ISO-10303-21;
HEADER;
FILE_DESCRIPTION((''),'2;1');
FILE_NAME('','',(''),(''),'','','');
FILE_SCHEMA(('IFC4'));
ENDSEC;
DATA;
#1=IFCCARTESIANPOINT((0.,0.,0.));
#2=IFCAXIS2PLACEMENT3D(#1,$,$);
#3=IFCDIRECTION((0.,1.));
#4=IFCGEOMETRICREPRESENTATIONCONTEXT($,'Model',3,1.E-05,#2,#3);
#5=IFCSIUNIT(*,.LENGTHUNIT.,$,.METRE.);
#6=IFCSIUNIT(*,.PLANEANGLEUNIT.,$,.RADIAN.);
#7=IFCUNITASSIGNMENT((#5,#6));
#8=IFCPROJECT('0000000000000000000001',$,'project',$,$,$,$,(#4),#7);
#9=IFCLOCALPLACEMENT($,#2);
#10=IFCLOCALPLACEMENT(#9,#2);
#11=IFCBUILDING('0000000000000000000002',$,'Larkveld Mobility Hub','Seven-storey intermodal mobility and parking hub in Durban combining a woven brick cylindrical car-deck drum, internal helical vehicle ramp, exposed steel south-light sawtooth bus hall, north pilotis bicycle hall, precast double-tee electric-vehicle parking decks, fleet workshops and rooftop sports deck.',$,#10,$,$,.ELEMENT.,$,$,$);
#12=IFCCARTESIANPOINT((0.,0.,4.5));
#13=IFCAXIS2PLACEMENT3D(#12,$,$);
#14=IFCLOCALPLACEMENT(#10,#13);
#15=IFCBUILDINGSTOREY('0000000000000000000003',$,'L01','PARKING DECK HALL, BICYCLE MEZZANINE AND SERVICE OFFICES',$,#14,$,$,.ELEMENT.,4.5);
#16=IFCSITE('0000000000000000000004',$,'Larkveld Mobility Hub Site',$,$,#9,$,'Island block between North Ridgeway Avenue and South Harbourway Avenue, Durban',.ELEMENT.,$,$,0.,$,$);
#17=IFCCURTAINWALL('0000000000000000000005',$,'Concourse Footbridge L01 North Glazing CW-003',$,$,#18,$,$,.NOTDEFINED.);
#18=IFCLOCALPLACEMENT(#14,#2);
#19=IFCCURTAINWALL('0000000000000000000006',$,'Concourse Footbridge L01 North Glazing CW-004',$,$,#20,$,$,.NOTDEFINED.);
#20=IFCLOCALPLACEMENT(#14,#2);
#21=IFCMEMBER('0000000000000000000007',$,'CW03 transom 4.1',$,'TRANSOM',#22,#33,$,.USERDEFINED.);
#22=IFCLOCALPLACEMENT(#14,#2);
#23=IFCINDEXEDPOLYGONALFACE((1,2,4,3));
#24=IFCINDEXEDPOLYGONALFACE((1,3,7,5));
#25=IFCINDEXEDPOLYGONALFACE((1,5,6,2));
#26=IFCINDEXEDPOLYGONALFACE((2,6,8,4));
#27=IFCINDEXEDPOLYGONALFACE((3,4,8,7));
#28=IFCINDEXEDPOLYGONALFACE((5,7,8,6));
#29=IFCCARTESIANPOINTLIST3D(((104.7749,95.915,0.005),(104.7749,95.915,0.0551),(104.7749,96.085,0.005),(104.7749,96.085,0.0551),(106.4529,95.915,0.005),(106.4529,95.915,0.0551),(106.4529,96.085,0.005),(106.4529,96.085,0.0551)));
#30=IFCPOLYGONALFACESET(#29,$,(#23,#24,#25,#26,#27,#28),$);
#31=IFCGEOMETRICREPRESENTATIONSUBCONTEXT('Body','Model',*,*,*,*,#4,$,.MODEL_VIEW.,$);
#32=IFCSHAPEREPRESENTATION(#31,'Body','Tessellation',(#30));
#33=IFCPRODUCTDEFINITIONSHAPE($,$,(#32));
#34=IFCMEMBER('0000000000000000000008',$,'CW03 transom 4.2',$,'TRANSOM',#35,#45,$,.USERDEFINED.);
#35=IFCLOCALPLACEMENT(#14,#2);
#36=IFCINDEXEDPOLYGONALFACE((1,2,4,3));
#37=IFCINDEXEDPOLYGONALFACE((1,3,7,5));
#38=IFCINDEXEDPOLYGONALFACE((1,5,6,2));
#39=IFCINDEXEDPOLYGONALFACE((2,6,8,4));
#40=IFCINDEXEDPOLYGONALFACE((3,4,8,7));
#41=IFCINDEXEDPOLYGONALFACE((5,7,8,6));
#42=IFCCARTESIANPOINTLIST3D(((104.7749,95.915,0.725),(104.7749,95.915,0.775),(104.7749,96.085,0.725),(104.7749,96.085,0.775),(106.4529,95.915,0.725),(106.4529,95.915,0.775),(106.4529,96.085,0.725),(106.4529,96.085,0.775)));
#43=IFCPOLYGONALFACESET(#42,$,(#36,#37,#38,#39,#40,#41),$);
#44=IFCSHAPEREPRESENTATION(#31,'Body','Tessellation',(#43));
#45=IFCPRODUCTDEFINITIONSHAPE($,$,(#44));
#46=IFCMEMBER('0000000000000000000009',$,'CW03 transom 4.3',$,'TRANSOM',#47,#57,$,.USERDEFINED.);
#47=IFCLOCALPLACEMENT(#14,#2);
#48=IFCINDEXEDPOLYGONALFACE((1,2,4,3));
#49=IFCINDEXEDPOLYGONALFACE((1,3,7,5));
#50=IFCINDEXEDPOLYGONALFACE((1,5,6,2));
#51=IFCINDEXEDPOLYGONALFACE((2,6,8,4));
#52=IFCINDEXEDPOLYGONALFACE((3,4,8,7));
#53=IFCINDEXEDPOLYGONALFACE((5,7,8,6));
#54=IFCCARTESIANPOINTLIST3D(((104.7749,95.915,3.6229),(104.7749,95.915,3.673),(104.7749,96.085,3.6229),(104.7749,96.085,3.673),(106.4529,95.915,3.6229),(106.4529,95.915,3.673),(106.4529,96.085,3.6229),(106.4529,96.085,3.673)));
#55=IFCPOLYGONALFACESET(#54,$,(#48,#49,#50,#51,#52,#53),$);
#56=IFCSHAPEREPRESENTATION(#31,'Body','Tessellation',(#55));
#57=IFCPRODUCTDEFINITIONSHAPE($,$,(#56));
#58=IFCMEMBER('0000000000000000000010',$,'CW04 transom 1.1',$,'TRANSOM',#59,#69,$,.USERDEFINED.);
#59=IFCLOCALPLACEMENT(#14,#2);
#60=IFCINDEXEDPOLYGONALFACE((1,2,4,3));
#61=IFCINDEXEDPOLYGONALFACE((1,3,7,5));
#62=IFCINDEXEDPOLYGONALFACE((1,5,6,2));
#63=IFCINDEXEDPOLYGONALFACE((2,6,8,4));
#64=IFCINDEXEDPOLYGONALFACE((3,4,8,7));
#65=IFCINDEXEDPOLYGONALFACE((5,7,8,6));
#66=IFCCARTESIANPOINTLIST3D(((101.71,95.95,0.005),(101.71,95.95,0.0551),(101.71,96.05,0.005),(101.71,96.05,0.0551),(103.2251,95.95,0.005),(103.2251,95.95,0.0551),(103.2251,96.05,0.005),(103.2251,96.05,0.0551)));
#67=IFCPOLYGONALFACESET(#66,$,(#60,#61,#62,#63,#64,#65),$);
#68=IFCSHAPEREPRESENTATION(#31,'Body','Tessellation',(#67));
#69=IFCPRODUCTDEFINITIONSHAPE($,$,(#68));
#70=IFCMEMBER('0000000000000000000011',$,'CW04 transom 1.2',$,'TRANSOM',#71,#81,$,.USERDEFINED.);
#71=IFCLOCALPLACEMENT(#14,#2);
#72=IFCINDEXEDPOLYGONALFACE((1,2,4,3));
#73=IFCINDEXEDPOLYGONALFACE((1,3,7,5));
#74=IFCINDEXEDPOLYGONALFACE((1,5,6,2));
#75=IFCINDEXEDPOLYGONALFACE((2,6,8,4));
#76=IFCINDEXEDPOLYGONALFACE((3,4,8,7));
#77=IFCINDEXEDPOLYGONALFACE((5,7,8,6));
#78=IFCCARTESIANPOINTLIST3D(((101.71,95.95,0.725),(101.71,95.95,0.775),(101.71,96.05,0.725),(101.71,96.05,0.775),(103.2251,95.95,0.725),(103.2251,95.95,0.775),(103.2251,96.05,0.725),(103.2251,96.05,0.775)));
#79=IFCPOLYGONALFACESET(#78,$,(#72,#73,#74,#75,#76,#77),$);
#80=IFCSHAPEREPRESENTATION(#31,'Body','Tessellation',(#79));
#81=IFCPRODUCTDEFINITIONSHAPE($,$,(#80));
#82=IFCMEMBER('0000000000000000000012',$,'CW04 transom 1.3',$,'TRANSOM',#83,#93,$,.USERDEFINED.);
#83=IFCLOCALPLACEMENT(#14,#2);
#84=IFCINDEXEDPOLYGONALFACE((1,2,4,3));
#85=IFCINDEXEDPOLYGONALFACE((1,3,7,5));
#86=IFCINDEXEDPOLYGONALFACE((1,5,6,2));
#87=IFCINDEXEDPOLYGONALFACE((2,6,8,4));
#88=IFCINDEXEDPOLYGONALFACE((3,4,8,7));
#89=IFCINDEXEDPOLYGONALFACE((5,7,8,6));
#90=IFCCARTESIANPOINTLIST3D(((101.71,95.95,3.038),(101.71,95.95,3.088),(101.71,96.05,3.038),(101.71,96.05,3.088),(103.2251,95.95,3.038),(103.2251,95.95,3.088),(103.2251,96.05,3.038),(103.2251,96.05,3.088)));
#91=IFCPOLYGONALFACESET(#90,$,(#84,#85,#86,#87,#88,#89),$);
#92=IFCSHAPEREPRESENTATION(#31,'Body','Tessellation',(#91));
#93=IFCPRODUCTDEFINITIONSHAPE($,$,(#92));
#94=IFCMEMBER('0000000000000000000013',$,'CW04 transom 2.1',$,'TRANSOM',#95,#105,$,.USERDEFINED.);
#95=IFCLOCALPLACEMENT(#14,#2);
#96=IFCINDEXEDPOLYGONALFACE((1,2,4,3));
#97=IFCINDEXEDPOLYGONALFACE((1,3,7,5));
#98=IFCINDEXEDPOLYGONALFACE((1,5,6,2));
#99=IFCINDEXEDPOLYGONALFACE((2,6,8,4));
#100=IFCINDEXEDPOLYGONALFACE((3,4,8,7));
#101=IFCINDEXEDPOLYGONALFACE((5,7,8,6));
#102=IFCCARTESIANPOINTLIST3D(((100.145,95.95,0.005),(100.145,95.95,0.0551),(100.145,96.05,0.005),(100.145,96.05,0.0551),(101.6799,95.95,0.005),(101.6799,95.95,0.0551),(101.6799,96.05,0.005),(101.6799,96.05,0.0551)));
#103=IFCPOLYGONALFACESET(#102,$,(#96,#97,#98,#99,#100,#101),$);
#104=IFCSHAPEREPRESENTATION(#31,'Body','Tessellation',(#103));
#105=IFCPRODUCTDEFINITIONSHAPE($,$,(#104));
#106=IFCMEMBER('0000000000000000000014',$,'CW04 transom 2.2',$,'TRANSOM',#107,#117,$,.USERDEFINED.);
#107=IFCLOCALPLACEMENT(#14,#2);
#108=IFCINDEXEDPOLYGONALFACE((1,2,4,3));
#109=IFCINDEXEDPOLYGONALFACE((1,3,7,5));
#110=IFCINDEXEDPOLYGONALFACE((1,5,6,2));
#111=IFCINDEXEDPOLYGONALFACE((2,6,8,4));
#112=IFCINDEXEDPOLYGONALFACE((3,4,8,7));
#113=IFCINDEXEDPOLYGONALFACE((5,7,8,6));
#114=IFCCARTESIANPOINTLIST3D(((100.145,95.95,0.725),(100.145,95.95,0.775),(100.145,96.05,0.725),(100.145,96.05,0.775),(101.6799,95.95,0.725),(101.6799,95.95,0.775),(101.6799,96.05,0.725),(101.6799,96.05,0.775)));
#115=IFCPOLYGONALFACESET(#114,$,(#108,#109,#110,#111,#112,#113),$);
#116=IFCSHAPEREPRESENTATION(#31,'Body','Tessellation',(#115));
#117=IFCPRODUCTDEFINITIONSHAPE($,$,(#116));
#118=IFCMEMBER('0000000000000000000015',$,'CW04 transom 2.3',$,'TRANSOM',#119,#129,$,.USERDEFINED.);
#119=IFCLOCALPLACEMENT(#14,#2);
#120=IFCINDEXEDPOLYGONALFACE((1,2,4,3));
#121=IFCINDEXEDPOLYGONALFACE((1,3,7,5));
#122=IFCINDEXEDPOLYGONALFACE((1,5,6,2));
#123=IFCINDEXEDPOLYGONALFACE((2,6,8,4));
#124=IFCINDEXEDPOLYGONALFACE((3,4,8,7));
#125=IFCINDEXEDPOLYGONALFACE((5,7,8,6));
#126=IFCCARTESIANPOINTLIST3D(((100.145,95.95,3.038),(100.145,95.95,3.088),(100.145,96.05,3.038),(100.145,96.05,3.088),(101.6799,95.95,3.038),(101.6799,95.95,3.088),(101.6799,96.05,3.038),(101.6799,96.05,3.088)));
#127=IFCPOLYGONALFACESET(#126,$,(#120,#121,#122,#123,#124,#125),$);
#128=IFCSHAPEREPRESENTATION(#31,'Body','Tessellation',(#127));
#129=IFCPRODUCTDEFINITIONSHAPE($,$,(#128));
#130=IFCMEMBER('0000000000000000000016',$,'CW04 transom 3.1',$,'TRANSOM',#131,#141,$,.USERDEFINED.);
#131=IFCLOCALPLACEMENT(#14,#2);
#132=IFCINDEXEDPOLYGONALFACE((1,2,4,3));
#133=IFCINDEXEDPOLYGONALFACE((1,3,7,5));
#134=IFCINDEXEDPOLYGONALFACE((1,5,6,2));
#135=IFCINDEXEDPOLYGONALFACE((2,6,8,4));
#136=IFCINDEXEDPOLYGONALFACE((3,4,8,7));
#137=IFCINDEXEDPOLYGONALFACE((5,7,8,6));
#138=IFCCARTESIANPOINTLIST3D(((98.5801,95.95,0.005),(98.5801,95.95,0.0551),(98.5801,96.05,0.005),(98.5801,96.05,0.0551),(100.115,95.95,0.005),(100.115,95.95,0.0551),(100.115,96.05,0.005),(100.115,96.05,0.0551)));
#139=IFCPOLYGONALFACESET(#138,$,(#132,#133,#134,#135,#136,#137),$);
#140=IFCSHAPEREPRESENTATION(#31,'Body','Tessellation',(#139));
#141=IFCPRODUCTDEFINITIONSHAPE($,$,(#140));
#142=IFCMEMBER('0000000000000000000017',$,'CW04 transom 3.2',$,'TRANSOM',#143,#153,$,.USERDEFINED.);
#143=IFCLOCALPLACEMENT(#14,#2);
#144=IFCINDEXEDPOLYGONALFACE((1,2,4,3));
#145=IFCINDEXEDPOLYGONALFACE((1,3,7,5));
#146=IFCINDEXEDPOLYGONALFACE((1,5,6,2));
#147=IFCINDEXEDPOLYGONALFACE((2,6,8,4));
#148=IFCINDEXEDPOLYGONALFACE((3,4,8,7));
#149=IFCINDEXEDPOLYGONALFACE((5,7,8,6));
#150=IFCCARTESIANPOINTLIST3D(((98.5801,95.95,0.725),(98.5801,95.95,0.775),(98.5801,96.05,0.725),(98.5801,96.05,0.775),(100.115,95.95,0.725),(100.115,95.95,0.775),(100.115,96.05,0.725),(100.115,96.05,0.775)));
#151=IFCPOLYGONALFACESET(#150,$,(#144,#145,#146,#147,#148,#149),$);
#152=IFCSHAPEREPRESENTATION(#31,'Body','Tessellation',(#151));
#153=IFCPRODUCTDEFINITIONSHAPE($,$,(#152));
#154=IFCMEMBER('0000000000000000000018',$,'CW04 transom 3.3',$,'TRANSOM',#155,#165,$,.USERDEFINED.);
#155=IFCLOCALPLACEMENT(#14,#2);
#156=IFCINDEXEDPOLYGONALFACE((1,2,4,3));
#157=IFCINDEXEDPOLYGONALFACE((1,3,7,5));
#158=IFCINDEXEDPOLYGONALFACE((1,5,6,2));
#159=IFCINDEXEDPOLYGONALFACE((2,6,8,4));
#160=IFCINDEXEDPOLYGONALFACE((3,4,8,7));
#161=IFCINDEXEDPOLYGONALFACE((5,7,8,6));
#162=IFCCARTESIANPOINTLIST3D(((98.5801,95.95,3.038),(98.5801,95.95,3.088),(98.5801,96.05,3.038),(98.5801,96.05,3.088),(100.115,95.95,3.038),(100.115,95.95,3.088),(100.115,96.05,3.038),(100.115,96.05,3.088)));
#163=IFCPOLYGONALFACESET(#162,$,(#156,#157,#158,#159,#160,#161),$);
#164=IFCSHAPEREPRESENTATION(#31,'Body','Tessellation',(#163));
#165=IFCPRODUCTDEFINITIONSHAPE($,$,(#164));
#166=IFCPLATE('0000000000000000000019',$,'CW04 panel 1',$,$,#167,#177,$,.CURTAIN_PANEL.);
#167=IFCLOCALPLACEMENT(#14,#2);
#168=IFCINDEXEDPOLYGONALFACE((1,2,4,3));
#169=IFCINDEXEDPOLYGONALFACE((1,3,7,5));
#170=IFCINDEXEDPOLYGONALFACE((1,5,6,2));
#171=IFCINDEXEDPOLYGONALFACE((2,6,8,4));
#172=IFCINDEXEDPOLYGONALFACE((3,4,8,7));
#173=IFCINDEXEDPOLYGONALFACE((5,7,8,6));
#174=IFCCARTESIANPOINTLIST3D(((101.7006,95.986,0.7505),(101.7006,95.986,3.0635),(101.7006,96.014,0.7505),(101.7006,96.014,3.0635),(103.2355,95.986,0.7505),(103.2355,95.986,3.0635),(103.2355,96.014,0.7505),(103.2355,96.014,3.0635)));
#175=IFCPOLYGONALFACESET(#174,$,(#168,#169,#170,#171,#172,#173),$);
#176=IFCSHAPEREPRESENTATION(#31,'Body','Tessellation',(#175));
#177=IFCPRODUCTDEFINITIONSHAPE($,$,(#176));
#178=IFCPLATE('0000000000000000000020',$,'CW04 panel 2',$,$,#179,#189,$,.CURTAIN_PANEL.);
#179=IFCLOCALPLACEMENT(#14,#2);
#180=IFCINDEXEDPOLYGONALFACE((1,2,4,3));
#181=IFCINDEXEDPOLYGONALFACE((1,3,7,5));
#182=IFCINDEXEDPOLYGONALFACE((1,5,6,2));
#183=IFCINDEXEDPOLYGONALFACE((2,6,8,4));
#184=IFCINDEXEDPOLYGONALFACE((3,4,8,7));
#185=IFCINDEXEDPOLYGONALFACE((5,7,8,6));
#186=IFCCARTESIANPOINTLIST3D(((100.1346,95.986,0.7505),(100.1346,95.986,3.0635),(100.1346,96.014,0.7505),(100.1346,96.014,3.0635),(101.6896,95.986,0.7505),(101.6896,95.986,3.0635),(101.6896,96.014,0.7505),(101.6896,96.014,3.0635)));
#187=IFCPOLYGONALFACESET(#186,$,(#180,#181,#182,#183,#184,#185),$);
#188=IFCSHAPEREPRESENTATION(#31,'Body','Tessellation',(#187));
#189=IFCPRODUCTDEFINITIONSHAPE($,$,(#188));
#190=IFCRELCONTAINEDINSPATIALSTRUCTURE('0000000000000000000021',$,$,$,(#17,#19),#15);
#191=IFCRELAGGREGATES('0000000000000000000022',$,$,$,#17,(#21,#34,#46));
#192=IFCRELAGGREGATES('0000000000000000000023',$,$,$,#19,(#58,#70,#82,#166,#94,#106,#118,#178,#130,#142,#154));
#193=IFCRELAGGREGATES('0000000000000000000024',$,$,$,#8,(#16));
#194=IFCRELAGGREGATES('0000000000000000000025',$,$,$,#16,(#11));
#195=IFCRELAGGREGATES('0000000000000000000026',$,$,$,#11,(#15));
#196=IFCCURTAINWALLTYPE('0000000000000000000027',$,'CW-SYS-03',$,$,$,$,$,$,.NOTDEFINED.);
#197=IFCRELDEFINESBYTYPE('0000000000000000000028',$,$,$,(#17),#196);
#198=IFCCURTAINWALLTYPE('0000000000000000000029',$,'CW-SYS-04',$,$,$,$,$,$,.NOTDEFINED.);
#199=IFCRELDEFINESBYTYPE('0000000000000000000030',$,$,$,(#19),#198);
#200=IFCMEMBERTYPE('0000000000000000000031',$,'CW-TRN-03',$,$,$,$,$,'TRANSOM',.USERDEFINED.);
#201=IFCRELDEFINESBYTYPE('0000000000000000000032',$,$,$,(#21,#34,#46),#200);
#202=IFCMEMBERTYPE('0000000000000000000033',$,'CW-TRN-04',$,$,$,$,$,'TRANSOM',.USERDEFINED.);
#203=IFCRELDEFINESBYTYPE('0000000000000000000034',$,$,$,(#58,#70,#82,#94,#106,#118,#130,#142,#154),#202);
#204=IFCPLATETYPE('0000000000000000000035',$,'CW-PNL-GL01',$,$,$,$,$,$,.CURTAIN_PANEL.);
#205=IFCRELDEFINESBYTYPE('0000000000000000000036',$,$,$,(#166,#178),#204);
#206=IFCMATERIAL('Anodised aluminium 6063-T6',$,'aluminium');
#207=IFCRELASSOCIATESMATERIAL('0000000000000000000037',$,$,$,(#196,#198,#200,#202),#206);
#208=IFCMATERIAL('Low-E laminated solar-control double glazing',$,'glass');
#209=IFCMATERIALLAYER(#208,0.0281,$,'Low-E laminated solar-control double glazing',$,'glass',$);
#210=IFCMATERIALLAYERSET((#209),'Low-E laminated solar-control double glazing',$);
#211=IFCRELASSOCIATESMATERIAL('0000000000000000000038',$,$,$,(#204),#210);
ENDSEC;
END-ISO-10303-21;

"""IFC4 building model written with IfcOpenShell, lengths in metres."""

from ifc_helpers import new_model, si_unit, direction, frame, origin, origin_2d, place, context, subcontext, project, spatial, rectangle, extrude, material, layer, layer_set, material_profile, profile_set, type_object, element, aggregate, save


model = new_model("IFC4")

# Units and contexts
model_context = context("Model", 3, precision=1e-05, world=origin(), true_north=direction((0.0, 1.0)))
body_context = subcontext(model_context, "Body", "Model", "MODEL_VIEW")
ifc_project = project(units=[si_unit("LENGTHUNIT", "METRE"), si_unit("PLANEANGLEUNIT", "RADIAN")], contexts=[model_context])

# Site, building, storey
site_placement = place(None, origin())
site = spatial("IfcSite", under=ifc_project, at=site_placement, Name="Larkveld Mobility Hub Site", LongName="Island block between North Ridgeway Avenue and South Harbourway Avenue, Durban", CompositionType="ELEMENT", RefElevation=0.0)
building_placement = place(site_placement, origin())
building = spatial("IfcBuilding", under=site, at=building_placement, Name="Larkveld Mobility Hub", Description="Seven-storey intermodal mobility and parking hub in Durban combining a woven brick cylindrical car-deck drum, internal helical vehicle ramp, exposed steel south-light sawtooth bus hall, north pilotis bicycle hall, precast double-tee electric-vehicle parking decks, fleet workshops and rooftop sports deck.", CompositionType="ELEMENT")
storey_placement = place(building_placement, frame((0.0, 0.0, 4.5)))
storey = spatial("IfcBuildingStorey", under=building, at=storey_placement, Name="L01", Description="PARKING DECK HALL, BICYCLE MEZZANINE AND SERVICE OFFICES", CompositionType="ELEMENT", Elevation=4.5)

# Curtain walls
ifc_material_1 = material(Name="Anodised aluminium 6063-T6", Category="aluminium")
curtain_wall_type_1 = type_object("IfcCurtainWallType", Name="CW-SYS-03", PredefinedType="NOTDEFINED", material=ifc_material_1)
curtain_wall_1_placement = place(storey_placement, origin())
curtain_wall_1 = element("IfcCurtainWall", 1, at=curtain_wall_1_placement, inside=storey, type_object=curtain_wall_type_1, Name="Concourse Footbridge L01 North Glazing CW-003", PredefinedType="NOTDEFINED")
curtain_wall_type_2 = type_object("IfcCurtainWallType", Name="CW-SYS-04", PredefinedType="NOTDEFINED", material=ifc_material_1)
curtain_wall_2_placement = place(storey_placement, origin())
curtain_wall_2 = element("IfcCurtainWall", 2, at=curtain_wall_2_placement, inside=storey, type_object=curtain_wall_type_2, Name="Concourse Footbridge L01 North Glazing CW-004", PredefinedType="NOTDEFINED")

# Members
ifc_material_profile_1 = material_profile(ifc_material_1, rectangle(XDim=0.1699, YDim=0.05, at=origin_2d()), Name="ALU TRAN 50x170")
ifc_profile_set_1 = profile_set([ifc_material_profile_1], Name="Anodised aluminium 6063-T6")
member_type_1 = type_object("IfcMemberType", Name="CW-TRN-03", ElementType="TRANSOM", PredefinedType="USERDEFINED", material=ifc_profile_set_1)
member_1_placement = place(storey_placement, frame((106.4529, 96.0, 0.03), z_axis=(-1.0, 0.0, 0.0), x_axis=(0.0, -1.0, 0.0)))
member_1 = element("IfcMember", 3, at=member_1_placement, type_object=member_type_1, Name="CW03 transom 4.1", ObjectType="TRANSOM", PredefinedType="USERDEFINED", context=body_context, shape_type="SweptSolid", body=[
    extrude(rectangle(XDim=0.1699, YDim=0.05, at=origin_2d()), origin(), (0.0, 0.0, 1.0), 1.678),
])
member_2_placement = place(storey_placement, frame((106.4529, 96.0, 0.75), z_axis=(-1.0, 0.0, 0.0), x_axis=(0.0, -1.0, 0.0)))
member_2 = element("IfcMember", 4, at=member_2_placement, type_object=member_type_1, Name="CW03 transom 4.2", ObjectType="TRANSOM", PredefinedType="USERDEFINED", context=body_context, shape_type="SweptSolid", body=[
    extrude(rectangle(XDim=0.1699, YDim=0.05, at=origin_2d()), origin(), (0.0, 0.0, 1.0), 1.678),
])
member_3_placement = place(storey_placement, frame((106.4529, 96.0, 3.6479), z_axis=(-1.0, 0.0, 0.0), x_axis=(0.0, -1.0, 0.0)))
member_3 = element("IfcMember", 5, at=member_3_placement, type_object=member_type_1, Name="CW03 transom 4.3", ObjectType="TRANSOM", PredefinedType="USERDEFINED", context=body_context, shape_type="SweptSolid", body=[
    extrude(rectangle(XDim=0.1699, YDim=0.05, at=origin_2d()), origin(), (0.0, 0.0, 1.0), 1.678),
])
ifc_material_profile_2 = material_profile(ifc_material_1, rectangle(XDim=0.1001, YDim=0.05, at=origin_2d()), Name="ALU TRAN 50x100")
ifc_profile_set_2 = profile_set([ifc_material_profile_2], Name="Anodised aluminium 6063-T6")
member_type_2 = type_object("IfcMemberType", Name="CW-TRN-04", ElementType="TRANSOM", PredefinedType="USERDEFINED", material=ifc_profile_set_2)
member_4_placement = place(storey_placement, frame((103.2251, 96.0, 0.03), z_axis=(-1.0, 0.0, 0.0), x_axis=(0.0, -1.0, 0.0)))
member_4 = element("IfcMember", 6, at=member_4_placement, type_object=member_type_2, Name="CW04 transom 1.1", ObjectType="TRANSOM", PredefinedType="USERDEFINED", context=body_context, shape_type="SweptSolid", body=[
    extrude(rectangle(XDim=0.1001, YDim=0.05, at=origin_2d()), origin(), (0.0, 0.0, 1.0), 1.5151),
])
member_5_placement = place(storey_placement, frame((103.2251, 96.0, 0.75), z_axis=(-1.0, 0.0, 0.0), x_axis=(0.0, -1.0, 0.0)))
member_5 = element("IfcMember", 7, at=member_5_placement, type_object=member_type_2, Name="CW04 transom 1.2", ObjectType="TRANSOM", PredefinedType="USERDEFINED", context=body_context, shape_type="SweptSolid", body=[
    extrude(rectangle(XDim=0.1001, YDim=0.05, at=origin_2d()), origin(), (0.0, 0.0, 1.0), 1.5151),
])
member_6_placement = place(storey_placement, frame((103.2251, 96.0, 3.063), z_axis=(-1.0, 0.0, 0.0), x_axis=(0.0, -1.0, 0.0)))
member_6 = element("IfcMember", 8, at=member_6_placement, type_object=member_type_2, Name="CW04 transom 1.3", ObjectType="TRANSOM", PredefinedType="USERDEFINED", context=body_context, shape_type="SweptSolid", body=[
    extrude(rectangle(XDim=0.1001, YDim=0.05, at=origin_2d()), origin(), (0.0, 0.0, 1.0), 1.5151),
])
member_7_placement = place(storey_placement, frame((101.6799, 96.0, 0.03), z_axis=(-1.0, 0.0, 0.0), x_axis=(0.0, -1.0, 0.0)))
member_7 = element("IfcMember", 9, at=member_7_placement, type_object=member_type_2, Name="CW04 transom 2.1", ObjectType="TRANSOM", PredefinedType="USERDEFINED", context=body_context, shape_type="SweptSolid", body=[
    extrude(rectangle(XDim=0.1001, YDim=0.05, at=origin_2d()), origin(), (0.0, 0.0, 1.0), 1.5349),
])
member_8_placement = place(storey_placement, frame((101.6799, 96.0, 0.75), z_axis=(-1.0, 0.0, 0.0), x_axis=(0.0, -1.0, 0.0)))
member_8 = element("IfcMember", 10, at=member_8_placement, type_object=member_type_2, Name="CW04 transom 2.2", ObjectType="TRANSOM", PredefinedType="USERDEFINED", context=body_context, shape_type="SweptSolid", body=[
    extrude(rectangle(XDim=0.1001, YDim=0.05, at=origin_2d()), origin(), (0.0, 0.0, 1.0), 1.5349),
])
member_9_placement = place(storey_placement, frame((101.6799, 96.0, 3.063), z_axis=(-1.0, 0.0, 0.0), x_axis=(0.0, -1.0, 0.0)))
member_9 = element("IfcMember", 11, at=member_9_placement, type_object=member_type_2, Name="CW04 transom 2.3", ObjectType="TRANSOM", PredefinedType="USERDEFINED", context=body_context, shape_type="SweptSolid", body=[
    extrude(rectangle(XDim=0.1001, YDim=0.05, at=origin_2d()), origin(), (0.0, 0.0, 1.0), 1.5349),
])
member_10_placement = place(storey_placement, frame((100.115, 96.0, 0.03), z_axis=(-1.0, 0.0, 0.0), x_axis=(0.0, -1.0, 0.0)))
member_10 = element("IfcMember", 12, at=member_10_placement, type_object=member_type_2, Name="CW04 transom 3.1", ObjectType="TRANSOM", PredefinedType="USERDEFINED", context=body_context, shape_type="SweptSolid", body=[
    extrude(rectangle(XDim=0.1001, YDim=0.05, at=origin_2d()), origin(), (0.0, 0.0, 1.0), 1.5349),
])
member_11_placement = place(storey_placement, frame((100.115, 96.0, 0.75), z_axis=(-1.0, 0.0, 0.0), x_axis=(0.0, -1.0, 0.0)))
member_11 = element("IfcMember", 13, at=member_11_placement, type_object=member_type_2, Name="CW04 transom 3.2", ObjectType="TRANSOM", PredefinedType="USERDEFINED", context=body_context, shape_type="SweptSolid", body=[
    extrude(rectangle(XDim=0.1001, YDim=0.05, at=origin_2d()), origin(), (0.0, 0.0, 1.0), 1.5349),
])
member_12_placement = place(storey_placement, frame((100.115, 96.0, 3.063), z_axis=(-1.0, 0.0, 0.0), x_axis=(0.0, -1.0, 0.0)))
member_12 = element("IfcMember", 14, at=member_12_placement, type_object=member_type_2, Name="CW04 transom 3.3", ObjectType="TRANSOM", PredefinedType="USERDEFINED", context=body_context, shape_type="SweptSolid", body=[
    extrude(rectangle(XDim=0.1001, YDim=0.05, at=origin_2d()), origin(), (0.0, 0.0, 1.0), 1.5349),
])

# Plates
ifc_material_2 = material(Name="Low-E laminated solar-control double glazing", Category="glass")
ifc_layer_1 = layer(ifc_material_2, 0.0281, Name="Low-E laminated solar-control double glazing", Category="glass")
ifc_layer_set_1 = layer_set([ifc_layer_1], Name="Low-E laminated solar-control double glazing")
plate_type_1 = type_object("IfcPlateType", Name="CW-PNL-GL01", PredefinedType="CURTAIN_PANEL", material=ifc_layer_set_1)
plate_1_placement = place(storey_placement, frame((102.468, 96.0, 0.7505), z_axis=(0.0, 0.0, 1.0), x_axis=(-1.0, 0.0, 0.0)))
plate_1 = element("IfcPlate", 15, at=plate_1_placement, type_object=plate_type_1, Name="CW04 panel 1", PredefinedType="CURTAIN_PANEL", context=body_context, shape_type="SweptSolid", body=[
    extrude(rectangle(XDim=1.5349, YDim=0.0281, at=origin_2d()), origin(), (0.0, 0.0, 1.0), 2.313),
])
plate_2_placement = place(storey_placement, frame((100.9121, 96.0, 0.7505), z_axis=(0.0, 0.0, 1.0), x_axis=(-1.0, 0.0, 0.0)))
plate_2 = element("IfcPlate", 16, at=plate_2_placement, type_object=plate_type_1, Name="CW04 panel 2", PredefinedType="CURTAIN_PANEL", context=body_context, shape_type="SweptSolid", body=[
    extrude(rectangle(XDim=1.5549, YDim=0.0281, at=origin_2d()), origin(), (0.0, 0.0, 1.0), 2.313),
])
aggregate(curtain_wall_1, [member_1, member_2, member_3])
aggregate(curtain_wall_2, [member_4, member_5, member_6, plate_1, member_7, member_8, member_9, plate_2, member_10, member_11, member_12])

save(model, "model.ifc")
